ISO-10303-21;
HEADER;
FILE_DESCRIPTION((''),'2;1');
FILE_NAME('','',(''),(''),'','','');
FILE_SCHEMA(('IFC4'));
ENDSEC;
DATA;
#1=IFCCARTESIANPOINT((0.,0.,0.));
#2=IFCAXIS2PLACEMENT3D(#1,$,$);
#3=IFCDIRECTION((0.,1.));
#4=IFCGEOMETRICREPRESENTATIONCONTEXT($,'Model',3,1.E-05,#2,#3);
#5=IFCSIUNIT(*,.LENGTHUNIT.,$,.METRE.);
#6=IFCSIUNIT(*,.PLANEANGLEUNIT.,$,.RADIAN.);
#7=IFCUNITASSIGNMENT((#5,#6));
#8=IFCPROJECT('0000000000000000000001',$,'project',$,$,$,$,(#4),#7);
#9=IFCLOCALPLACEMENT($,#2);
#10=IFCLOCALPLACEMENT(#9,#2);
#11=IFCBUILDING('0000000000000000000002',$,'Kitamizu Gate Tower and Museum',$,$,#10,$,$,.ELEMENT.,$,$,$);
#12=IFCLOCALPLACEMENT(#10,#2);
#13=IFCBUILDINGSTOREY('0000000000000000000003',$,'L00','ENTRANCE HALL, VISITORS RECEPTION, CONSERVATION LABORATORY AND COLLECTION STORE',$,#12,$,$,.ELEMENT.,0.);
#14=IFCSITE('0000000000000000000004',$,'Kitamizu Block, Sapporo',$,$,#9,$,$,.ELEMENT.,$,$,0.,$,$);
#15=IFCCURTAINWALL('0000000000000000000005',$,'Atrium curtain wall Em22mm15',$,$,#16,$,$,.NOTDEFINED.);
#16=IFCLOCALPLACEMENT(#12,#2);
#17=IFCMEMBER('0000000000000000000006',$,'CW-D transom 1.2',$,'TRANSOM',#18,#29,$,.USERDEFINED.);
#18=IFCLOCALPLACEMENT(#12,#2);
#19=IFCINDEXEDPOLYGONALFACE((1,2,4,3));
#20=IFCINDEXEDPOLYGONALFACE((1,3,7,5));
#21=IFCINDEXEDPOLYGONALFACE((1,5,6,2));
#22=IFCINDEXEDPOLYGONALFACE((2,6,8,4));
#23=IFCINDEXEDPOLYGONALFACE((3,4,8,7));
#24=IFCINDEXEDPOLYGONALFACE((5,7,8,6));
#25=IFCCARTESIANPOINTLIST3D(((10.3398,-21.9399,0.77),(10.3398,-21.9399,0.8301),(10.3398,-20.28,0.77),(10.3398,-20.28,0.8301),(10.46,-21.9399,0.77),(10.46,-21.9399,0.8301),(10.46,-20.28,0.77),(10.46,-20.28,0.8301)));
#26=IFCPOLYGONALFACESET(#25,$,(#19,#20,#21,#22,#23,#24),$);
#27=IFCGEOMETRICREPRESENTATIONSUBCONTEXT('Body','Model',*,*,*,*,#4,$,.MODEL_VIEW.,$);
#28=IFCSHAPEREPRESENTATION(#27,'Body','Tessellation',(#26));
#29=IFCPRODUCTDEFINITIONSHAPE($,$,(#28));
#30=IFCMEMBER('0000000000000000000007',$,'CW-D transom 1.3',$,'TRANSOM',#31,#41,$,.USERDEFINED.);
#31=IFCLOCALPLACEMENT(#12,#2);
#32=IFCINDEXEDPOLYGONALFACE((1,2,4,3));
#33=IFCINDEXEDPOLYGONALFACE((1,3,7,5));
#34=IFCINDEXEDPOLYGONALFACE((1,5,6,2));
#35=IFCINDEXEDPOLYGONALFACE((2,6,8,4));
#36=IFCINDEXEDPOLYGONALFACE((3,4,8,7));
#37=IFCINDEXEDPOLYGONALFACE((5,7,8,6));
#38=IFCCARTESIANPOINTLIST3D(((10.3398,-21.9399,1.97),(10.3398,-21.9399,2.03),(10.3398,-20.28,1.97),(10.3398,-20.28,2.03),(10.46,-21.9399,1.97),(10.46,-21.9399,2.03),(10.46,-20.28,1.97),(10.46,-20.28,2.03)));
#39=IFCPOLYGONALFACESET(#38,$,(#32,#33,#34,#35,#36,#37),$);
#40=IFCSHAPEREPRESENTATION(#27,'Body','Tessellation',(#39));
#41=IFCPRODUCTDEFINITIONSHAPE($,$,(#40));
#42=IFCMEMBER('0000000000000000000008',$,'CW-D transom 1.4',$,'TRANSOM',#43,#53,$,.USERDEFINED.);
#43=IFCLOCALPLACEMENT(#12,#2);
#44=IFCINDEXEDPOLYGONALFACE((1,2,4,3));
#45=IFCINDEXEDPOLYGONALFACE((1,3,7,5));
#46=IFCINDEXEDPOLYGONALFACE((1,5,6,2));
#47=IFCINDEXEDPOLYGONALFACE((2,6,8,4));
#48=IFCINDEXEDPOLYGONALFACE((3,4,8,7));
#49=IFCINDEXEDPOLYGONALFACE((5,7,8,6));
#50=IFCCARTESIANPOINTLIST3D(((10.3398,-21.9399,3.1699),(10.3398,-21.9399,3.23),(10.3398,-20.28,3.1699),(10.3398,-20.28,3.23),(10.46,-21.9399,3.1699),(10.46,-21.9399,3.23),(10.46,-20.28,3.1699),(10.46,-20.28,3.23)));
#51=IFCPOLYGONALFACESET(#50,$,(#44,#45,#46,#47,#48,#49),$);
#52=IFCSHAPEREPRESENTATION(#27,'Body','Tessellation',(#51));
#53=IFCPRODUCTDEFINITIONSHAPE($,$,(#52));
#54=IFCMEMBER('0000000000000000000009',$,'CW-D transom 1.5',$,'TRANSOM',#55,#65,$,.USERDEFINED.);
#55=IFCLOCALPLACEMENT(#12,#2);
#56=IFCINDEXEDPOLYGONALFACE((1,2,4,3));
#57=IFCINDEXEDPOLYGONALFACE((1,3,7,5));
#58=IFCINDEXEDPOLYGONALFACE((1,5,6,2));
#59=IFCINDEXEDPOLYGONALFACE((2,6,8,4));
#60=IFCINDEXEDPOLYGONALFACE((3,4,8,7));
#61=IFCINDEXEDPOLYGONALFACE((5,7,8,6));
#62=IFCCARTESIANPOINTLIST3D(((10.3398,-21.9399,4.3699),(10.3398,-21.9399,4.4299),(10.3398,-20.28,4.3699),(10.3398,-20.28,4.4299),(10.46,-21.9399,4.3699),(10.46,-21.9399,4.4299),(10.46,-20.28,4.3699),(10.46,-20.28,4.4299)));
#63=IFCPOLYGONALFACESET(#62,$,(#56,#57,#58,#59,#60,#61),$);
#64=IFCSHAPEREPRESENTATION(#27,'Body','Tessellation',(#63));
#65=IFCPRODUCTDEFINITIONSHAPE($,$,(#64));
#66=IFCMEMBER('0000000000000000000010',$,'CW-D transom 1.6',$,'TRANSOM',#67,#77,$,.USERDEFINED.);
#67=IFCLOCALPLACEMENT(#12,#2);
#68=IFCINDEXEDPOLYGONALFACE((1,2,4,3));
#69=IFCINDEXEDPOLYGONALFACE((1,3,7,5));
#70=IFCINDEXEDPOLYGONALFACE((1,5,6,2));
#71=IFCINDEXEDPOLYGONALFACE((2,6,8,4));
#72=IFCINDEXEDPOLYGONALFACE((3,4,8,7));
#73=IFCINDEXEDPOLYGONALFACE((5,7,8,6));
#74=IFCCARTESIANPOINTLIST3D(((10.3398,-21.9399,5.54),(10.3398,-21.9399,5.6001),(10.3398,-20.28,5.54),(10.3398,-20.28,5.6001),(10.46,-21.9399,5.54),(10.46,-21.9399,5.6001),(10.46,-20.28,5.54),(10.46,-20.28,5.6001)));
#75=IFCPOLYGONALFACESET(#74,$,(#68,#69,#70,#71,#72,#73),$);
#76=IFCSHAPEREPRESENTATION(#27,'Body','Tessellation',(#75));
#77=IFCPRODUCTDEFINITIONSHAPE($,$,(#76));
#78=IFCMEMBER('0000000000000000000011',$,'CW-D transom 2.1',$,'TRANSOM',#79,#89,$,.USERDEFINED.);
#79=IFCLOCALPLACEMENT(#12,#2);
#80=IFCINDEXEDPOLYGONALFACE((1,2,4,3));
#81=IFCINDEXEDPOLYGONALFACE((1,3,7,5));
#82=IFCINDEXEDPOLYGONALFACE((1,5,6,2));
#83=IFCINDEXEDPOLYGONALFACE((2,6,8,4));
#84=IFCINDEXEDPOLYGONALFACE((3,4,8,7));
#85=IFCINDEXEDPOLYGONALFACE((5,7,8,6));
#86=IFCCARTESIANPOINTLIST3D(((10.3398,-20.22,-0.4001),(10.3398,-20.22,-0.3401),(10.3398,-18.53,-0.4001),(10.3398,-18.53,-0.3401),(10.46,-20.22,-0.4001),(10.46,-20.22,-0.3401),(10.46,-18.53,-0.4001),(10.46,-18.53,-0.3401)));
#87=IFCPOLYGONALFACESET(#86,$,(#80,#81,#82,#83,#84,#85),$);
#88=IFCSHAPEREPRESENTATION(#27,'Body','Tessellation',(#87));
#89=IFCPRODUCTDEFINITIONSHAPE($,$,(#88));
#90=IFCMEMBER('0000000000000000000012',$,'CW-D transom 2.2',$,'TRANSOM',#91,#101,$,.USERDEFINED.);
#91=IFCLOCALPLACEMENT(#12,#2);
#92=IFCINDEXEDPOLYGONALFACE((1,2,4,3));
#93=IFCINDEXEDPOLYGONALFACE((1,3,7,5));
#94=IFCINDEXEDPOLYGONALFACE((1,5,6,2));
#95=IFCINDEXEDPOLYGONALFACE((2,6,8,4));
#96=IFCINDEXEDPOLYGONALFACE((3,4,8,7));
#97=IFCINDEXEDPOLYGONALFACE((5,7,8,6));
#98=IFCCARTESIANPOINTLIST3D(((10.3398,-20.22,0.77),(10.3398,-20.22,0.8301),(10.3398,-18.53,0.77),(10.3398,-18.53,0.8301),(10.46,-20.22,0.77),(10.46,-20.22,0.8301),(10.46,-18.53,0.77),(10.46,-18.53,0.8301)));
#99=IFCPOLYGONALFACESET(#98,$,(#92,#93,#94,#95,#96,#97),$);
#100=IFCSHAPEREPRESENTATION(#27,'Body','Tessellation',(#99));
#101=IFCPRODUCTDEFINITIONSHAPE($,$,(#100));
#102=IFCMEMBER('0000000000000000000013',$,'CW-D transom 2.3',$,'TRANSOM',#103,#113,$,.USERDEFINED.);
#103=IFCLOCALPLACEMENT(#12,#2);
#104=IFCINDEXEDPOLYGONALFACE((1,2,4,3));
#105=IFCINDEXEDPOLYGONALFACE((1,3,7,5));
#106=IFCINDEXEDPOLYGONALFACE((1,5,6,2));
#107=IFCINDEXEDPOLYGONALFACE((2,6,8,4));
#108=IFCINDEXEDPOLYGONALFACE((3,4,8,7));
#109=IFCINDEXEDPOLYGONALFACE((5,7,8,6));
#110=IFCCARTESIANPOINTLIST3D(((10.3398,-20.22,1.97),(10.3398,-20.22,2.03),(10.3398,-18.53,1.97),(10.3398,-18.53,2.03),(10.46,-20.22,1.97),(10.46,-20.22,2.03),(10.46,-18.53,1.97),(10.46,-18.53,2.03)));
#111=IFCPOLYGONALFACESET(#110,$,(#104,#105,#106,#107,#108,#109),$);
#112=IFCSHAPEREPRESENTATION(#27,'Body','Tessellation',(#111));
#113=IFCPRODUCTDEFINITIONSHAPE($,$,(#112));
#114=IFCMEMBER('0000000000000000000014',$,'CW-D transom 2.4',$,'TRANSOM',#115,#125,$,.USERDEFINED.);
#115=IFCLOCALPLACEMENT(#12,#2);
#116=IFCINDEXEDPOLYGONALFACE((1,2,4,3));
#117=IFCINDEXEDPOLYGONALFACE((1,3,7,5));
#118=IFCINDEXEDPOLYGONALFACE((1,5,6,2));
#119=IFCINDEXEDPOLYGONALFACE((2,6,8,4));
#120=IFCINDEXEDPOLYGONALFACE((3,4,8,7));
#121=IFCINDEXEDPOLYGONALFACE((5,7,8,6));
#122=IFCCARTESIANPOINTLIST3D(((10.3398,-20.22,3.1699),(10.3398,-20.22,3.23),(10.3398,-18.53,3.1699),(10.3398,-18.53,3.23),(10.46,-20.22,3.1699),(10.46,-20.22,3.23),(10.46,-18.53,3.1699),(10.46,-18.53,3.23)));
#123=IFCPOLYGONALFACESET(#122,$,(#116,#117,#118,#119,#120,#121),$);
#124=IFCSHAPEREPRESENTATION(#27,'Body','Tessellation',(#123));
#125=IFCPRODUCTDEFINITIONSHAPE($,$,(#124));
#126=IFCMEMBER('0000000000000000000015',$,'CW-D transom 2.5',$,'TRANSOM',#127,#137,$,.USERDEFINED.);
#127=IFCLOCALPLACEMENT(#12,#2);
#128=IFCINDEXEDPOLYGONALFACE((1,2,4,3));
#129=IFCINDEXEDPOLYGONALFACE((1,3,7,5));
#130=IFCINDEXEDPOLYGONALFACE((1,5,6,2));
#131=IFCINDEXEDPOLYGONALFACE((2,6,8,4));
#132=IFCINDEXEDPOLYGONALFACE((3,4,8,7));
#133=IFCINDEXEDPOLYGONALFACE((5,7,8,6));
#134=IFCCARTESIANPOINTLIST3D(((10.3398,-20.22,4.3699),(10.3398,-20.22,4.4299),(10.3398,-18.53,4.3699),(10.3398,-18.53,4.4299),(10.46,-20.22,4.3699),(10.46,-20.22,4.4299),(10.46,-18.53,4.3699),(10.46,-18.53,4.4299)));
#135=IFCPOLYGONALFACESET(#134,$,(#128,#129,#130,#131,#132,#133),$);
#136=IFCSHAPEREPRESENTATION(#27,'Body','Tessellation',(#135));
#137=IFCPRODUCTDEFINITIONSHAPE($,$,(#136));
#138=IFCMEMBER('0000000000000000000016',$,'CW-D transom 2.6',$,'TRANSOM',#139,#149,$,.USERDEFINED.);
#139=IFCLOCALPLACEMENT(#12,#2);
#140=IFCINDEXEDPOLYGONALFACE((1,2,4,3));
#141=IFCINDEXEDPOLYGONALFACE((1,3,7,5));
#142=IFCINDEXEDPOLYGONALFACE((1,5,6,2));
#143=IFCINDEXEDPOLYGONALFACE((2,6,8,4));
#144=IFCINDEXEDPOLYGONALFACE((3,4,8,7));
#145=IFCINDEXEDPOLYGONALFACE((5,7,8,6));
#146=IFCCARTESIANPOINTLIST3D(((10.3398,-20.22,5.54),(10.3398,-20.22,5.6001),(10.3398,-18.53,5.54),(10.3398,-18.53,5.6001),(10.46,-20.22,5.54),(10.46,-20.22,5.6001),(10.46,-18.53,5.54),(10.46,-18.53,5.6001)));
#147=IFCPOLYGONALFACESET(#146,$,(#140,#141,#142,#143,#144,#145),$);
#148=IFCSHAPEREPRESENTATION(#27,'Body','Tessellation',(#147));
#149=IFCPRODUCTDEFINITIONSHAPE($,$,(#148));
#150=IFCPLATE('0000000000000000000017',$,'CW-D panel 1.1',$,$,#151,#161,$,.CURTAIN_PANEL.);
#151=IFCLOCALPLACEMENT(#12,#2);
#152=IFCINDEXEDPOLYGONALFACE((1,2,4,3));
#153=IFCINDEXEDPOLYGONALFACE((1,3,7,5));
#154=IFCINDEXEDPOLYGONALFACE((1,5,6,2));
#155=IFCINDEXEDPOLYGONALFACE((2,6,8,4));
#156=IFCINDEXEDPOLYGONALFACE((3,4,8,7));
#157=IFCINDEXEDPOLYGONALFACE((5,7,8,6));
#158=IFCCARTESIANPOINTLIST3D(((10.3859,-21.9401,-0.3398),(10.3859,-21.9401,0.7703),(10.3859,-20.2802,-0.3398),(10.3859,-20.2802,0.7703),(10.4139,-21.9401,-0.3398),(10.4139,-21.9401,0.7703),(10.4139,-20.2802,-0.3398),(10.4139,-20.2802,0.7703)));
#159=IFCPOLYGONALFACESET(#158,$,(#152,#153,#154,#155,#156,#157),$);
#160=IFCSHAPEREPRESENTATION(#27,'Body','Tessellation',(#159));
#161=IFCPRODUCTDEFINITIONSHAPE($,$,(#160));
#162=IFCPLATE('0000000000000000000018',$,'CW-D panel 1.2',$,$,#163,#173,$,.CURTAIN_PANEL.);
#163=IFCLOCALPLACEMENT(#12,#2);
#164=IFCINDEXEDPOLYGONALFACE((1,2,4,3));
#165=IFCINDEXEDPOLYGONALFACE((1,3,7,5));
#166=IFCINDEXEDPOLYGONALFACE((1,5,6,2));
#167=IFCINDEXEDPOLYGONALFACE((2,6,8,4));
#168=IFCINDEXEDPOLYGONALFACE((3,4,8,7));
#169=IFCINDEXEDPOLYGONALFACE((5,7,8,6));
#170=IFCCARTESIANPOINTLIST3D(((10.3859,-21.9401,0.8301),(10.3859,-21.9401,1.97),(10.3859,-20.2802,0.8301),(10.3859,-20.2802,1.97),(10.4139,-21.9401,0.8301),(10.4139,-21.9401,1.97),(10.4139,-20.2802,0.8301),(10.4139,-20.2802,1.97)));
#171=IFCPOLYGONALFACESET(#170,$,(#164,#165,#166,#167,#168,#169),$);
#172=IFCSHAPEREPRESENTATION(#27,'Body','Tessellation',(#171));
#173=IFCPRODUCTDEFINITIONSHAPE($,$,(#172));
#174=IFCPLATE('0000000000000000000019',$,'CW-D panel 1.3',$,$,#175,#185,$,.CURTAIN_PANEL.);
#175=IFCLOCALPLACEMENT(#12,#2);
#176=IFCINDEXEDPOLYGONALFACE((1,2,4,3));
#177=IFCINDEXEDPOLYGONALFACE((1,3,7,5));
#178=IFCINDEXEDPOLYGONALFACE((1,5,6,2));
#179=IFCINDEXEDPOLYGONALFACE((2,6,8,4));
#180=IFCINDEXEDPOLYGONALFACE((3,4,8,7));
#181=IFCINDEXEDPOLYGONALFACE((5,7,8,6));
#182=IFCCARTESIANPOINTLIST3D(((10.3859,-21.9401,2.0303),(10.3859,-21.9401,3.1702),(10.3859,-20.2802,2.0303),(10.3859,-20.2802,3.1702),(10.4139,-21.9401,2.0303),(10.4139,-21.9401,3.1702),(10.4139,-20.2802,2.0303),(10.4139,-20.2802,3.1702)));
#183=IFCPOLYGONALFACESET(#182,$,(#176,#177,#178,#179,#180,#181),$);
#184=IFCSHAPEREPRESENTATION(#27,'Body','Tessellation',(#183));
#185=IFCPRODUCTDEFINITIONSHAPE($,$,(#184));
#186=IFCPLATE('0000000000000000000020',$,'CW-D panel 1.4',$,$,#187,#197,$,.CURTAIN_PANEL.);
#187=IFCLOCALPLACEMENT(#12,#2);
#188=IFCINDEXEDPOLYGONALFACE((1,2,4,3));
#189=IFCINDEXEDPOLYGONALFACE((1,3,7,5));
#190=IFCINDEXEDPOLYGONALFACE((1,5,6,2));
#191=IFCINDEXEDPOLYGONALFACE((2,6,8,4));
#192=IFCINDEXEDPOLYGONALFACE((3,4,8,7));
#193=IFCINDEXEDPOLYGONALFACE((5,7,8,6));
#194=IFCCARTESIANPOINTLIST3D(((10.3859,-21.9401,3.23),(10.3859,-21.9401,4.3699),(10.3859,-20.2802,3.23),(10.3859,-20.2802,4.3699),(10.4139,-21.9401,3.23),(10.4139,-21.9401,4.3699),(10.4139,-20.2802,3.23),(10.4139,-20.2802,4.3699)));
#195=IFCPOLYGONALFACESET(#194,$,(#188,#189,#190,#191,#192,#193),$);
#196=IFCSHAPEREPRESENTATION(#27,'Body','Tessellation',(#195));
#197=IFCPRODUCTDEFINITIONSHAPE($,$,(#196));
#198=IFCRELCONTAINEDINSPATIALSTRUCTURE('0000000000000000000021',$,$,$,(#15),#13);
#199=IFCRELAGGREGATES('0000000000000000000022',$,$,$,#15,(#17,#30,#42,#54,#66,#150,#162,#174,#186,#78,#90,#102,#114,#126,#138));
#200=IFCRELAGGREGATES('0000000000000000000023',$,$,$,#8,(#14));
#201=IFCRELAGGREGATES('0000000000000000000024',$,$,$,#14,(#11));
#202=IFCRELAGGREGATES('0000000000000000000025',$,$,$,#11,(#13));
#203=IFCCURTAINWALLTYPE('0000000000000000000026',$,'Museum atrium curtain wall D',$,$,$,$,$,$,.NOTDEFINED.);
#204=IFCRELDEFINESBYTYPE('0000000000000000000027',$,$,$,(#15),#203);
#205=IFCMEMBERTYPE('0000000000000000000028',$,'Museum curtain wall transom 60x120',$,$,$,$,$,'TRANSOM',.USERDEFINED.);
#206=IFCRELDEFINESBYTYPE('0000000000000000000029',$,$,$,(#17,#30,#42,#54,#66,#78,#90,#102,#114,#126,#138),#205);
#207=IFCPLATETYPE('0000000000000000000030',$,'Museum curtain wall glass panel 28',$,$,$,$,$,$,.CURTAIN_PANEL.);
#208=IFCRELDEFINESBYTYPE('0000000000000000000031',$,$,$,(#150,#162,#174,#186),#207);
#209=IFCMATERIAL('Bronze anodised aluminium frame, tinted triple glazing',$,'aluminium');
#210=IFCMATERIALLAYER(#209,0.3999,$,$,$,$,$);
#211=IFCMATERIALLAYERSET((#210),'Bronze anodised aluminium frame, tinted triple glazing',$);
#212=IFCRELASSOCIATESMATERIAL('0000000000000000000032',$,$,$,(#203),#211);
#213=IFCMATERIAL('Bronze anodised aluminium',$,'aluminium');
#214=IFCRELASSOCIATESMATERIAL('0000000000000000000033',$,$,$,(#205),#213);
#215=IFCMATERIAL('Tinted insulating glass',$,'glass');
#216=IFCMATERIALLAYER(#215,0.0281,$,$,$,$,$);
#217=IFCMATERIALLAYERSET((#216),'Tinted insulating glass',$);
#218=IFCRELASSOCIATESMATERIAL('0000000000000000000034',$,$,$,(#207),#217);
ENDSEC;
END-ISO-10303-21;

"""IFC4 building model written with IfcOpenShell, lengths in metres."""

from ifc_helpers import new_model, si_unit, direction, frame, origin, origin_2d, place, context, subcontext, project, spatial, rectangle, extrude, material, layer, layer_set, material_profile, profile_set, type_object, element, aggregate, save


model = new_model("IFC4")

# Units and contexts
model_context = context("Model", 3, precision=1e-05, world=origin(), true_north=direction((0.0, 1.0)))
body_context = subcontext(model_context, "Body", "Model", "MODEL_VIEW")
ifc_project = project(units=[si_unit("LENGTHUNIT", "METRE"), si_unit("PLANEANGLEUNIT", "RADIAN")], contexts=[model_context])

# Site, building, storey
site_placement = place(None, origin())
site = spatial("IfcSite", under=ifc_project, at=site_placement, Name="Kitamizu Block, Sapporo", CompositionType="ELEMENT", RefElevation=0.0)
building_placement = place(site_placement, origin())
building = spatial("IfcBuilding", under=site, at=building_placement, Name="Kitamizu Gate Tower and Museum", CompositionType="ELEMENT")
storey_placement = place(building_placement, origin())
storey = spatial("IfcBuildingStorey", under=building, at=storey_placement, Name="L00", Description="ENTRANCE HALL, VISITORS RECEPTION, CONSERVATION LABORATORY AND COLLECTION STORE", CompositionType="ELEMENT", Elevation=0.0)

# Curtain wall, members, plates
ifc_material_1 = material(Name="Bronze anodised aluminium frame, tinted triple glazing", Category="aluminium")
ifc_layer_1 = layer(ifc_material_1, 0.3999)
ifc_layer_set_1 = layer_set([ifc_layer_1], Name="Bronze anodised aluminium frame, tinted triple glazing")
curtain_wall_type = type_object("IfcCurtainWallType", Name="Museum atrium curtain wall D", PredefinedType="NOTDEFINED", material=ifc_layer_set_1)
curtain_wall_placement = place(storey_placement, origin())
curtain_wall = element("IfcCurtainWall", 1, at=curtain_wall_placement, inside=storey, type_object=curtain_wall_type, Name="Atrium curtain wall Em22mm15", PredefinedType="NOTDEFINED")
ifc_material_2 = material(Name="Bronze anodised aluminium", Category="aluminium")
ifc_material_profile_1 = material_profile(ifc_material_2, rectangle(XDim=0.1201, YDim=0.0601, at=origin_2d()), Name="120x60")
ifc_profile_set_1 = profile_set([ifc_material_profile_1], Name="Bronze anodised aluminium")
member_type_1 = type_object("IfcMemberType", Name="Museum curtain wall transom 60x120", ElementType="TRANSOM", PredefinedType="USERDEFINED", material=ifc_profile_set_1)
member_1_placement = place(storey_placement, frame((10.3999, -21.9399, 0.8), z_axis=(0.0, 1.0, 0.0), x_axis=(-1.0, 0.0, 0.0)))
member_1 = element("IfcMember", 2, at=member_1_placement, type_object=member_type_1, Name="CW-D transom 1.2", ObjectType="TRANSOM", PredefinedType="USERDEFINED", context=body_context, shape_type="SweptSolid", body=[
    extrude(rectangle(XDim=0.1201, YDim=0.0601, at=origin_2d()), origin(), (0.0, 0.0, 1.0), 1.6599),
])
member_2_placement = place(storey_placement, frame((10.3999, -21.9399, 2.0), z_axis=(0.0, 1.0, 0.0), x_axis=(-1.0, 0.0, 0.0)))
member_2 = element("IfcMember", 3, at=member_2_placement, type_object=member_type_1, Name="CW-D transom 1.3", ObjectType="TRANSOM", PredefinedType="USERDEFINED", context=body_context, shape_type="SweptSolid", body=[
    extrude(rectangle(XDim=0.1201, YDim=0.0601, at=origin_2d()), origin(), (0.0, 0.0, 1.0), 1.6599),
])
member_3_placement = place(storey_placement, frame((10.3999, -21.9399, 3.2), z_axis=(0.0, 1.0, 0.0), x_axis=(-1.0, 0.0, 0.0)))
member_3 = element("IfcMember", 4, at=member_3_placement, type_object=member_type_1, Name="CW-D transom 1.4", ObjectType="TRANSOM", PredefinedType="USERDEFINED", context=body_context, shape_type="SweptSolid", body=[
    extrude(rectangle(XDim=0.1201, YDim=0.0601, at=origin_2d()), origin(), (0.0, 0.0, 1.0), 1.6599),
])
member_4_placement = place(storey_placement, frame((10.3999, -21.9399, 4.3999), z_axis=(0.0, 1.0, 0.0), x_axis=(-1.0, 0.0, 0.0)))
member_4 = element("IfcMember", 5, at=member_4_placement, type_object=member_type_1, Name="CW-D transom 1.5", ObjectType="TRANSOM", PredefinedType="USERDEFINED", context=body_context, shape_type="SweptSolid", body=[
    extrude(rectangle(XDim=0.1201, YDim=0.0601, at=origin_2d()), origin(), (0.0, 0.0, 1.0), 1.6599),
])
member_5_placement = place(storey_placement, frame((10.3999, -21.9399, 5.5701), z_axis=(0.0, 1.0, 0.0), x_axis=(-1.0, 0.0, 0.0)))
member_5 = element("IfcMember", 6, at=member_5_placement, type_object=member_type_1, Name="CW-D transom 1.6", ObjectType="TRANSOM", PredefinedType="USERDEFINED", context=body_context, shape_type="SweptSolid", body=[
    extrude(rectangle(XDim=0.1201, YDim=0.0601, at=origin_2d()), origin(), (0.0, 0.0, 1.0), 1.6599),
])
member_6_placement = place(storey_placement, frame((10.3999, -20.22, -0.3701), z_axis=(0.0, 1.0, 0.0), x_axis=(-1.0, 0.0, 0.0)))
member_6 = element("IfcMember", 7, at=member_6_placement, type_object=member_type_1, Name="CW-D transom 2.1", ObjectType="TRANSOM", PredefinedType="USERDEFINED", context=body_context, shape_type="SweptSolid", body=[
    extrude(rectangle(XDim=0.1201, YDim=0.0601, at=origin_2d()), origin(), (0.0, 0.0, 1.0), 1.6899),
])
member_7_placement = place(storey_placement, frame((10.3999, -20.22, 0.8), z_axis=(0.0, 1.0, 0.0), x_axis=(-1.0, 0.0, 0.0)))
member_7 = element("IfcMember", 8, at=member_7_placement, type_object=member_type_1, Name="CW-D transom 2.2", ObjectType="TRANSOM", PredefinedType="USERDEFINED", context=body_context, shape_type="SweptSolid", body=[
    extrude(rectangle(XDim=0.1201, YDim=0.0601, at=origin_2d()), origin(), (0.0, 0.0, 1.0), 1.6899),
])
member_8_placement = place(storey_placement, frame((10.3999, -20.22, 2.0), z_axis=(0.0, 1.0, 0.0), x_axis=(-1.0, 0.0, 0.0)))
member_8 = element("IfcMember", 9, at=member_8_placement, type_object=member_type_1, Name="CW-D transom 2.3", ObjectType="TRANSOM", PredefinedType="USERDEFINED", context=body_context, shape_type="SweptSolid", body=[
    extrude(rectangle(XDim=0.1201, YDim=0.0601, at=origin_2d()), origin(), (0.0, 0.0, 1.0), 1.6899),
])
member_9_placement = place(storey_placement, frame((10.3999, -20.22, 3.2), z_axis=(0.0, 1.0, 0.0), x_axis=(-1.0, 0.0, 0.0)))
member_9 = element("IfcMember", 10, at=member_9_placement, type_object=member_type_1, Name="CW-D transom 2.4", ObjectType="TRANSOM", PredefinedType="USERDEFINED", context=body_context, shape_type="SweptSolid", body=[
    extrude(rectangle(XDim=0.1201, YDim=0.0601, at=origin_2d()), origin(), (0.0, 0.0, 1.0), 1.6899),
])
member_10_placement = place(storey_placement, frame((10.3999, -20.22, 4.3999), z_axis=(0.0, 1.0, 0.0), x_axis=(-1.0, 0.0, 0.0)))
member_10 = element("IfcMember", 11, at=member_10_placement, type_object=member_type_1, Name="CW-D transom 2.5", ObjectType="TRANSOM", PredefinedType="USERDEFINED", context=body_context, shape_type="SweptSolid", body=[
    extrude(rectangle(XDim=0.1201, YDim=0.0601, at=origin_2d()), origin(), (0.0, 0.0, 1.0), 1.6899),
])
member_11_placement = place(storey_placement, frame((10.3999, -20.22, 5.5701), z_axis=(0.0, 1.0, 0.0), x_axis=(-1.0, 0.0, 0.0)))
member_11 = element("IfcMember", 12, at=member_11_placement, type_object=member_type_1, Name="CW-D transom 2.6", ObjectType="TRANSOM", PredefinedType="USERDEFINED", context=body_context, shape_type="SweptSolid", body=[
    extrude(rectangle(XDim=0.1201, YDim=0.0601, at=origin_2d()), origin(), (0.0, 0.0, 1.0), 1.6899),
])
ifc_material_3 = material(Name="Tinted insulating glass", Category="glass")
ifc_layer_2 = layer(ifc_material_3, 0.0281)
ifc_layer_set_2 = layer_set([ifc_layer_2], Name="Tinted insulating glass")
plate_type = type_object("IfcPlateType", Name="Museum curtain wall glass panel 28", PredefinedType="CURTAIN_PANEL", material=ifc_layer_set_2)
plate_1_placement = place(storey_placement, frame((10.3999, -21.1101, -0.3398), z_axis=(0.0, 0.0, 1.0), x_axis=(0.0, 1.0, 0.0)))
plate_1 = element("IfcPlate", 13, at=plate_1_placement, type_object=plate_type, Name="CW-D panel 1.1", PredefinedType="CURTAIN_PANEL", context=body_context, shape_type="SweptSolid", body=[
    extrude(rectangle(XDim=1.6599, YDim=0.0281, at=origin_2d()), origin(), (0.0, 0.0, 1.0), 1.1101),
])
plate_2_placement = place(storey_placement, frame((10.3999, -21.1101, 0.8301), z_axis=(0.0, 0.0, 1.0), x_axis=(0.0, 1.0, 0.0)))
plate_2 = element("IfcPlate", 14, at=plate_2_placement, type_object=plate_type, Name="CW-D panel 1.2", PredefinedType="CURTAIN_PANEL", context=body_context, shape_type="SweptSolid", body=[
    extrude(rectangle(XDim=1.6599, YDim=0.0281, at=origin_2d()), origin(), (0.0, 0.0, 1.0), 1.1399),
])
plate_3_placement = place(storey_placement, frame((10.3999, -21.1101, 2.0303), z_axis=(0.0, 0.0, 1.0), x_axis=(0.0, 1.0, 0.0)))
plate_3 = element("IfcPlate", 15, at=plate_3_placement, type_object=plate_type, Name="CW-D panel 1.3", PredefinedType="CURTAIN_PANEL", context=body_context, shape_type="SweptSolid", body=[
    extrude(rectangle(XDim=1.6599, YDim=0.0281, at=origin_2d()), origin(), (0.0, 0.0, 1.0), 1.1399),
])
plate_4_placement = place(storey_placement, frame((10.3999, -21.1101, 3.23), z_axis=(0.0, 0.0, 1.0), x_axis=(0.0, 1.0, 0.0)))
plate_4 = element("IfcPlate", 16, at=plate_4_placement, type_object=plate_type, Name="CW-D panel 1.4", PredefinedType="CURTAIN_PANEL", context=body_context, shape_type="SweptSolid", body=[
    extrude(rectangle(XDim=1.6599, YDim=0.0281, at=origin_2d()), origin(), (0.0, 0.0, 1.0), 1.1399),
])
aggregate(curtain_wall, [member_1, member_2, member_3, member_4, member_5, plate_1, plate_2, plate_3, plate_4, member_6, member_7, member_8, member_9, member_10, member_11])

save(model, "model.ifc")
